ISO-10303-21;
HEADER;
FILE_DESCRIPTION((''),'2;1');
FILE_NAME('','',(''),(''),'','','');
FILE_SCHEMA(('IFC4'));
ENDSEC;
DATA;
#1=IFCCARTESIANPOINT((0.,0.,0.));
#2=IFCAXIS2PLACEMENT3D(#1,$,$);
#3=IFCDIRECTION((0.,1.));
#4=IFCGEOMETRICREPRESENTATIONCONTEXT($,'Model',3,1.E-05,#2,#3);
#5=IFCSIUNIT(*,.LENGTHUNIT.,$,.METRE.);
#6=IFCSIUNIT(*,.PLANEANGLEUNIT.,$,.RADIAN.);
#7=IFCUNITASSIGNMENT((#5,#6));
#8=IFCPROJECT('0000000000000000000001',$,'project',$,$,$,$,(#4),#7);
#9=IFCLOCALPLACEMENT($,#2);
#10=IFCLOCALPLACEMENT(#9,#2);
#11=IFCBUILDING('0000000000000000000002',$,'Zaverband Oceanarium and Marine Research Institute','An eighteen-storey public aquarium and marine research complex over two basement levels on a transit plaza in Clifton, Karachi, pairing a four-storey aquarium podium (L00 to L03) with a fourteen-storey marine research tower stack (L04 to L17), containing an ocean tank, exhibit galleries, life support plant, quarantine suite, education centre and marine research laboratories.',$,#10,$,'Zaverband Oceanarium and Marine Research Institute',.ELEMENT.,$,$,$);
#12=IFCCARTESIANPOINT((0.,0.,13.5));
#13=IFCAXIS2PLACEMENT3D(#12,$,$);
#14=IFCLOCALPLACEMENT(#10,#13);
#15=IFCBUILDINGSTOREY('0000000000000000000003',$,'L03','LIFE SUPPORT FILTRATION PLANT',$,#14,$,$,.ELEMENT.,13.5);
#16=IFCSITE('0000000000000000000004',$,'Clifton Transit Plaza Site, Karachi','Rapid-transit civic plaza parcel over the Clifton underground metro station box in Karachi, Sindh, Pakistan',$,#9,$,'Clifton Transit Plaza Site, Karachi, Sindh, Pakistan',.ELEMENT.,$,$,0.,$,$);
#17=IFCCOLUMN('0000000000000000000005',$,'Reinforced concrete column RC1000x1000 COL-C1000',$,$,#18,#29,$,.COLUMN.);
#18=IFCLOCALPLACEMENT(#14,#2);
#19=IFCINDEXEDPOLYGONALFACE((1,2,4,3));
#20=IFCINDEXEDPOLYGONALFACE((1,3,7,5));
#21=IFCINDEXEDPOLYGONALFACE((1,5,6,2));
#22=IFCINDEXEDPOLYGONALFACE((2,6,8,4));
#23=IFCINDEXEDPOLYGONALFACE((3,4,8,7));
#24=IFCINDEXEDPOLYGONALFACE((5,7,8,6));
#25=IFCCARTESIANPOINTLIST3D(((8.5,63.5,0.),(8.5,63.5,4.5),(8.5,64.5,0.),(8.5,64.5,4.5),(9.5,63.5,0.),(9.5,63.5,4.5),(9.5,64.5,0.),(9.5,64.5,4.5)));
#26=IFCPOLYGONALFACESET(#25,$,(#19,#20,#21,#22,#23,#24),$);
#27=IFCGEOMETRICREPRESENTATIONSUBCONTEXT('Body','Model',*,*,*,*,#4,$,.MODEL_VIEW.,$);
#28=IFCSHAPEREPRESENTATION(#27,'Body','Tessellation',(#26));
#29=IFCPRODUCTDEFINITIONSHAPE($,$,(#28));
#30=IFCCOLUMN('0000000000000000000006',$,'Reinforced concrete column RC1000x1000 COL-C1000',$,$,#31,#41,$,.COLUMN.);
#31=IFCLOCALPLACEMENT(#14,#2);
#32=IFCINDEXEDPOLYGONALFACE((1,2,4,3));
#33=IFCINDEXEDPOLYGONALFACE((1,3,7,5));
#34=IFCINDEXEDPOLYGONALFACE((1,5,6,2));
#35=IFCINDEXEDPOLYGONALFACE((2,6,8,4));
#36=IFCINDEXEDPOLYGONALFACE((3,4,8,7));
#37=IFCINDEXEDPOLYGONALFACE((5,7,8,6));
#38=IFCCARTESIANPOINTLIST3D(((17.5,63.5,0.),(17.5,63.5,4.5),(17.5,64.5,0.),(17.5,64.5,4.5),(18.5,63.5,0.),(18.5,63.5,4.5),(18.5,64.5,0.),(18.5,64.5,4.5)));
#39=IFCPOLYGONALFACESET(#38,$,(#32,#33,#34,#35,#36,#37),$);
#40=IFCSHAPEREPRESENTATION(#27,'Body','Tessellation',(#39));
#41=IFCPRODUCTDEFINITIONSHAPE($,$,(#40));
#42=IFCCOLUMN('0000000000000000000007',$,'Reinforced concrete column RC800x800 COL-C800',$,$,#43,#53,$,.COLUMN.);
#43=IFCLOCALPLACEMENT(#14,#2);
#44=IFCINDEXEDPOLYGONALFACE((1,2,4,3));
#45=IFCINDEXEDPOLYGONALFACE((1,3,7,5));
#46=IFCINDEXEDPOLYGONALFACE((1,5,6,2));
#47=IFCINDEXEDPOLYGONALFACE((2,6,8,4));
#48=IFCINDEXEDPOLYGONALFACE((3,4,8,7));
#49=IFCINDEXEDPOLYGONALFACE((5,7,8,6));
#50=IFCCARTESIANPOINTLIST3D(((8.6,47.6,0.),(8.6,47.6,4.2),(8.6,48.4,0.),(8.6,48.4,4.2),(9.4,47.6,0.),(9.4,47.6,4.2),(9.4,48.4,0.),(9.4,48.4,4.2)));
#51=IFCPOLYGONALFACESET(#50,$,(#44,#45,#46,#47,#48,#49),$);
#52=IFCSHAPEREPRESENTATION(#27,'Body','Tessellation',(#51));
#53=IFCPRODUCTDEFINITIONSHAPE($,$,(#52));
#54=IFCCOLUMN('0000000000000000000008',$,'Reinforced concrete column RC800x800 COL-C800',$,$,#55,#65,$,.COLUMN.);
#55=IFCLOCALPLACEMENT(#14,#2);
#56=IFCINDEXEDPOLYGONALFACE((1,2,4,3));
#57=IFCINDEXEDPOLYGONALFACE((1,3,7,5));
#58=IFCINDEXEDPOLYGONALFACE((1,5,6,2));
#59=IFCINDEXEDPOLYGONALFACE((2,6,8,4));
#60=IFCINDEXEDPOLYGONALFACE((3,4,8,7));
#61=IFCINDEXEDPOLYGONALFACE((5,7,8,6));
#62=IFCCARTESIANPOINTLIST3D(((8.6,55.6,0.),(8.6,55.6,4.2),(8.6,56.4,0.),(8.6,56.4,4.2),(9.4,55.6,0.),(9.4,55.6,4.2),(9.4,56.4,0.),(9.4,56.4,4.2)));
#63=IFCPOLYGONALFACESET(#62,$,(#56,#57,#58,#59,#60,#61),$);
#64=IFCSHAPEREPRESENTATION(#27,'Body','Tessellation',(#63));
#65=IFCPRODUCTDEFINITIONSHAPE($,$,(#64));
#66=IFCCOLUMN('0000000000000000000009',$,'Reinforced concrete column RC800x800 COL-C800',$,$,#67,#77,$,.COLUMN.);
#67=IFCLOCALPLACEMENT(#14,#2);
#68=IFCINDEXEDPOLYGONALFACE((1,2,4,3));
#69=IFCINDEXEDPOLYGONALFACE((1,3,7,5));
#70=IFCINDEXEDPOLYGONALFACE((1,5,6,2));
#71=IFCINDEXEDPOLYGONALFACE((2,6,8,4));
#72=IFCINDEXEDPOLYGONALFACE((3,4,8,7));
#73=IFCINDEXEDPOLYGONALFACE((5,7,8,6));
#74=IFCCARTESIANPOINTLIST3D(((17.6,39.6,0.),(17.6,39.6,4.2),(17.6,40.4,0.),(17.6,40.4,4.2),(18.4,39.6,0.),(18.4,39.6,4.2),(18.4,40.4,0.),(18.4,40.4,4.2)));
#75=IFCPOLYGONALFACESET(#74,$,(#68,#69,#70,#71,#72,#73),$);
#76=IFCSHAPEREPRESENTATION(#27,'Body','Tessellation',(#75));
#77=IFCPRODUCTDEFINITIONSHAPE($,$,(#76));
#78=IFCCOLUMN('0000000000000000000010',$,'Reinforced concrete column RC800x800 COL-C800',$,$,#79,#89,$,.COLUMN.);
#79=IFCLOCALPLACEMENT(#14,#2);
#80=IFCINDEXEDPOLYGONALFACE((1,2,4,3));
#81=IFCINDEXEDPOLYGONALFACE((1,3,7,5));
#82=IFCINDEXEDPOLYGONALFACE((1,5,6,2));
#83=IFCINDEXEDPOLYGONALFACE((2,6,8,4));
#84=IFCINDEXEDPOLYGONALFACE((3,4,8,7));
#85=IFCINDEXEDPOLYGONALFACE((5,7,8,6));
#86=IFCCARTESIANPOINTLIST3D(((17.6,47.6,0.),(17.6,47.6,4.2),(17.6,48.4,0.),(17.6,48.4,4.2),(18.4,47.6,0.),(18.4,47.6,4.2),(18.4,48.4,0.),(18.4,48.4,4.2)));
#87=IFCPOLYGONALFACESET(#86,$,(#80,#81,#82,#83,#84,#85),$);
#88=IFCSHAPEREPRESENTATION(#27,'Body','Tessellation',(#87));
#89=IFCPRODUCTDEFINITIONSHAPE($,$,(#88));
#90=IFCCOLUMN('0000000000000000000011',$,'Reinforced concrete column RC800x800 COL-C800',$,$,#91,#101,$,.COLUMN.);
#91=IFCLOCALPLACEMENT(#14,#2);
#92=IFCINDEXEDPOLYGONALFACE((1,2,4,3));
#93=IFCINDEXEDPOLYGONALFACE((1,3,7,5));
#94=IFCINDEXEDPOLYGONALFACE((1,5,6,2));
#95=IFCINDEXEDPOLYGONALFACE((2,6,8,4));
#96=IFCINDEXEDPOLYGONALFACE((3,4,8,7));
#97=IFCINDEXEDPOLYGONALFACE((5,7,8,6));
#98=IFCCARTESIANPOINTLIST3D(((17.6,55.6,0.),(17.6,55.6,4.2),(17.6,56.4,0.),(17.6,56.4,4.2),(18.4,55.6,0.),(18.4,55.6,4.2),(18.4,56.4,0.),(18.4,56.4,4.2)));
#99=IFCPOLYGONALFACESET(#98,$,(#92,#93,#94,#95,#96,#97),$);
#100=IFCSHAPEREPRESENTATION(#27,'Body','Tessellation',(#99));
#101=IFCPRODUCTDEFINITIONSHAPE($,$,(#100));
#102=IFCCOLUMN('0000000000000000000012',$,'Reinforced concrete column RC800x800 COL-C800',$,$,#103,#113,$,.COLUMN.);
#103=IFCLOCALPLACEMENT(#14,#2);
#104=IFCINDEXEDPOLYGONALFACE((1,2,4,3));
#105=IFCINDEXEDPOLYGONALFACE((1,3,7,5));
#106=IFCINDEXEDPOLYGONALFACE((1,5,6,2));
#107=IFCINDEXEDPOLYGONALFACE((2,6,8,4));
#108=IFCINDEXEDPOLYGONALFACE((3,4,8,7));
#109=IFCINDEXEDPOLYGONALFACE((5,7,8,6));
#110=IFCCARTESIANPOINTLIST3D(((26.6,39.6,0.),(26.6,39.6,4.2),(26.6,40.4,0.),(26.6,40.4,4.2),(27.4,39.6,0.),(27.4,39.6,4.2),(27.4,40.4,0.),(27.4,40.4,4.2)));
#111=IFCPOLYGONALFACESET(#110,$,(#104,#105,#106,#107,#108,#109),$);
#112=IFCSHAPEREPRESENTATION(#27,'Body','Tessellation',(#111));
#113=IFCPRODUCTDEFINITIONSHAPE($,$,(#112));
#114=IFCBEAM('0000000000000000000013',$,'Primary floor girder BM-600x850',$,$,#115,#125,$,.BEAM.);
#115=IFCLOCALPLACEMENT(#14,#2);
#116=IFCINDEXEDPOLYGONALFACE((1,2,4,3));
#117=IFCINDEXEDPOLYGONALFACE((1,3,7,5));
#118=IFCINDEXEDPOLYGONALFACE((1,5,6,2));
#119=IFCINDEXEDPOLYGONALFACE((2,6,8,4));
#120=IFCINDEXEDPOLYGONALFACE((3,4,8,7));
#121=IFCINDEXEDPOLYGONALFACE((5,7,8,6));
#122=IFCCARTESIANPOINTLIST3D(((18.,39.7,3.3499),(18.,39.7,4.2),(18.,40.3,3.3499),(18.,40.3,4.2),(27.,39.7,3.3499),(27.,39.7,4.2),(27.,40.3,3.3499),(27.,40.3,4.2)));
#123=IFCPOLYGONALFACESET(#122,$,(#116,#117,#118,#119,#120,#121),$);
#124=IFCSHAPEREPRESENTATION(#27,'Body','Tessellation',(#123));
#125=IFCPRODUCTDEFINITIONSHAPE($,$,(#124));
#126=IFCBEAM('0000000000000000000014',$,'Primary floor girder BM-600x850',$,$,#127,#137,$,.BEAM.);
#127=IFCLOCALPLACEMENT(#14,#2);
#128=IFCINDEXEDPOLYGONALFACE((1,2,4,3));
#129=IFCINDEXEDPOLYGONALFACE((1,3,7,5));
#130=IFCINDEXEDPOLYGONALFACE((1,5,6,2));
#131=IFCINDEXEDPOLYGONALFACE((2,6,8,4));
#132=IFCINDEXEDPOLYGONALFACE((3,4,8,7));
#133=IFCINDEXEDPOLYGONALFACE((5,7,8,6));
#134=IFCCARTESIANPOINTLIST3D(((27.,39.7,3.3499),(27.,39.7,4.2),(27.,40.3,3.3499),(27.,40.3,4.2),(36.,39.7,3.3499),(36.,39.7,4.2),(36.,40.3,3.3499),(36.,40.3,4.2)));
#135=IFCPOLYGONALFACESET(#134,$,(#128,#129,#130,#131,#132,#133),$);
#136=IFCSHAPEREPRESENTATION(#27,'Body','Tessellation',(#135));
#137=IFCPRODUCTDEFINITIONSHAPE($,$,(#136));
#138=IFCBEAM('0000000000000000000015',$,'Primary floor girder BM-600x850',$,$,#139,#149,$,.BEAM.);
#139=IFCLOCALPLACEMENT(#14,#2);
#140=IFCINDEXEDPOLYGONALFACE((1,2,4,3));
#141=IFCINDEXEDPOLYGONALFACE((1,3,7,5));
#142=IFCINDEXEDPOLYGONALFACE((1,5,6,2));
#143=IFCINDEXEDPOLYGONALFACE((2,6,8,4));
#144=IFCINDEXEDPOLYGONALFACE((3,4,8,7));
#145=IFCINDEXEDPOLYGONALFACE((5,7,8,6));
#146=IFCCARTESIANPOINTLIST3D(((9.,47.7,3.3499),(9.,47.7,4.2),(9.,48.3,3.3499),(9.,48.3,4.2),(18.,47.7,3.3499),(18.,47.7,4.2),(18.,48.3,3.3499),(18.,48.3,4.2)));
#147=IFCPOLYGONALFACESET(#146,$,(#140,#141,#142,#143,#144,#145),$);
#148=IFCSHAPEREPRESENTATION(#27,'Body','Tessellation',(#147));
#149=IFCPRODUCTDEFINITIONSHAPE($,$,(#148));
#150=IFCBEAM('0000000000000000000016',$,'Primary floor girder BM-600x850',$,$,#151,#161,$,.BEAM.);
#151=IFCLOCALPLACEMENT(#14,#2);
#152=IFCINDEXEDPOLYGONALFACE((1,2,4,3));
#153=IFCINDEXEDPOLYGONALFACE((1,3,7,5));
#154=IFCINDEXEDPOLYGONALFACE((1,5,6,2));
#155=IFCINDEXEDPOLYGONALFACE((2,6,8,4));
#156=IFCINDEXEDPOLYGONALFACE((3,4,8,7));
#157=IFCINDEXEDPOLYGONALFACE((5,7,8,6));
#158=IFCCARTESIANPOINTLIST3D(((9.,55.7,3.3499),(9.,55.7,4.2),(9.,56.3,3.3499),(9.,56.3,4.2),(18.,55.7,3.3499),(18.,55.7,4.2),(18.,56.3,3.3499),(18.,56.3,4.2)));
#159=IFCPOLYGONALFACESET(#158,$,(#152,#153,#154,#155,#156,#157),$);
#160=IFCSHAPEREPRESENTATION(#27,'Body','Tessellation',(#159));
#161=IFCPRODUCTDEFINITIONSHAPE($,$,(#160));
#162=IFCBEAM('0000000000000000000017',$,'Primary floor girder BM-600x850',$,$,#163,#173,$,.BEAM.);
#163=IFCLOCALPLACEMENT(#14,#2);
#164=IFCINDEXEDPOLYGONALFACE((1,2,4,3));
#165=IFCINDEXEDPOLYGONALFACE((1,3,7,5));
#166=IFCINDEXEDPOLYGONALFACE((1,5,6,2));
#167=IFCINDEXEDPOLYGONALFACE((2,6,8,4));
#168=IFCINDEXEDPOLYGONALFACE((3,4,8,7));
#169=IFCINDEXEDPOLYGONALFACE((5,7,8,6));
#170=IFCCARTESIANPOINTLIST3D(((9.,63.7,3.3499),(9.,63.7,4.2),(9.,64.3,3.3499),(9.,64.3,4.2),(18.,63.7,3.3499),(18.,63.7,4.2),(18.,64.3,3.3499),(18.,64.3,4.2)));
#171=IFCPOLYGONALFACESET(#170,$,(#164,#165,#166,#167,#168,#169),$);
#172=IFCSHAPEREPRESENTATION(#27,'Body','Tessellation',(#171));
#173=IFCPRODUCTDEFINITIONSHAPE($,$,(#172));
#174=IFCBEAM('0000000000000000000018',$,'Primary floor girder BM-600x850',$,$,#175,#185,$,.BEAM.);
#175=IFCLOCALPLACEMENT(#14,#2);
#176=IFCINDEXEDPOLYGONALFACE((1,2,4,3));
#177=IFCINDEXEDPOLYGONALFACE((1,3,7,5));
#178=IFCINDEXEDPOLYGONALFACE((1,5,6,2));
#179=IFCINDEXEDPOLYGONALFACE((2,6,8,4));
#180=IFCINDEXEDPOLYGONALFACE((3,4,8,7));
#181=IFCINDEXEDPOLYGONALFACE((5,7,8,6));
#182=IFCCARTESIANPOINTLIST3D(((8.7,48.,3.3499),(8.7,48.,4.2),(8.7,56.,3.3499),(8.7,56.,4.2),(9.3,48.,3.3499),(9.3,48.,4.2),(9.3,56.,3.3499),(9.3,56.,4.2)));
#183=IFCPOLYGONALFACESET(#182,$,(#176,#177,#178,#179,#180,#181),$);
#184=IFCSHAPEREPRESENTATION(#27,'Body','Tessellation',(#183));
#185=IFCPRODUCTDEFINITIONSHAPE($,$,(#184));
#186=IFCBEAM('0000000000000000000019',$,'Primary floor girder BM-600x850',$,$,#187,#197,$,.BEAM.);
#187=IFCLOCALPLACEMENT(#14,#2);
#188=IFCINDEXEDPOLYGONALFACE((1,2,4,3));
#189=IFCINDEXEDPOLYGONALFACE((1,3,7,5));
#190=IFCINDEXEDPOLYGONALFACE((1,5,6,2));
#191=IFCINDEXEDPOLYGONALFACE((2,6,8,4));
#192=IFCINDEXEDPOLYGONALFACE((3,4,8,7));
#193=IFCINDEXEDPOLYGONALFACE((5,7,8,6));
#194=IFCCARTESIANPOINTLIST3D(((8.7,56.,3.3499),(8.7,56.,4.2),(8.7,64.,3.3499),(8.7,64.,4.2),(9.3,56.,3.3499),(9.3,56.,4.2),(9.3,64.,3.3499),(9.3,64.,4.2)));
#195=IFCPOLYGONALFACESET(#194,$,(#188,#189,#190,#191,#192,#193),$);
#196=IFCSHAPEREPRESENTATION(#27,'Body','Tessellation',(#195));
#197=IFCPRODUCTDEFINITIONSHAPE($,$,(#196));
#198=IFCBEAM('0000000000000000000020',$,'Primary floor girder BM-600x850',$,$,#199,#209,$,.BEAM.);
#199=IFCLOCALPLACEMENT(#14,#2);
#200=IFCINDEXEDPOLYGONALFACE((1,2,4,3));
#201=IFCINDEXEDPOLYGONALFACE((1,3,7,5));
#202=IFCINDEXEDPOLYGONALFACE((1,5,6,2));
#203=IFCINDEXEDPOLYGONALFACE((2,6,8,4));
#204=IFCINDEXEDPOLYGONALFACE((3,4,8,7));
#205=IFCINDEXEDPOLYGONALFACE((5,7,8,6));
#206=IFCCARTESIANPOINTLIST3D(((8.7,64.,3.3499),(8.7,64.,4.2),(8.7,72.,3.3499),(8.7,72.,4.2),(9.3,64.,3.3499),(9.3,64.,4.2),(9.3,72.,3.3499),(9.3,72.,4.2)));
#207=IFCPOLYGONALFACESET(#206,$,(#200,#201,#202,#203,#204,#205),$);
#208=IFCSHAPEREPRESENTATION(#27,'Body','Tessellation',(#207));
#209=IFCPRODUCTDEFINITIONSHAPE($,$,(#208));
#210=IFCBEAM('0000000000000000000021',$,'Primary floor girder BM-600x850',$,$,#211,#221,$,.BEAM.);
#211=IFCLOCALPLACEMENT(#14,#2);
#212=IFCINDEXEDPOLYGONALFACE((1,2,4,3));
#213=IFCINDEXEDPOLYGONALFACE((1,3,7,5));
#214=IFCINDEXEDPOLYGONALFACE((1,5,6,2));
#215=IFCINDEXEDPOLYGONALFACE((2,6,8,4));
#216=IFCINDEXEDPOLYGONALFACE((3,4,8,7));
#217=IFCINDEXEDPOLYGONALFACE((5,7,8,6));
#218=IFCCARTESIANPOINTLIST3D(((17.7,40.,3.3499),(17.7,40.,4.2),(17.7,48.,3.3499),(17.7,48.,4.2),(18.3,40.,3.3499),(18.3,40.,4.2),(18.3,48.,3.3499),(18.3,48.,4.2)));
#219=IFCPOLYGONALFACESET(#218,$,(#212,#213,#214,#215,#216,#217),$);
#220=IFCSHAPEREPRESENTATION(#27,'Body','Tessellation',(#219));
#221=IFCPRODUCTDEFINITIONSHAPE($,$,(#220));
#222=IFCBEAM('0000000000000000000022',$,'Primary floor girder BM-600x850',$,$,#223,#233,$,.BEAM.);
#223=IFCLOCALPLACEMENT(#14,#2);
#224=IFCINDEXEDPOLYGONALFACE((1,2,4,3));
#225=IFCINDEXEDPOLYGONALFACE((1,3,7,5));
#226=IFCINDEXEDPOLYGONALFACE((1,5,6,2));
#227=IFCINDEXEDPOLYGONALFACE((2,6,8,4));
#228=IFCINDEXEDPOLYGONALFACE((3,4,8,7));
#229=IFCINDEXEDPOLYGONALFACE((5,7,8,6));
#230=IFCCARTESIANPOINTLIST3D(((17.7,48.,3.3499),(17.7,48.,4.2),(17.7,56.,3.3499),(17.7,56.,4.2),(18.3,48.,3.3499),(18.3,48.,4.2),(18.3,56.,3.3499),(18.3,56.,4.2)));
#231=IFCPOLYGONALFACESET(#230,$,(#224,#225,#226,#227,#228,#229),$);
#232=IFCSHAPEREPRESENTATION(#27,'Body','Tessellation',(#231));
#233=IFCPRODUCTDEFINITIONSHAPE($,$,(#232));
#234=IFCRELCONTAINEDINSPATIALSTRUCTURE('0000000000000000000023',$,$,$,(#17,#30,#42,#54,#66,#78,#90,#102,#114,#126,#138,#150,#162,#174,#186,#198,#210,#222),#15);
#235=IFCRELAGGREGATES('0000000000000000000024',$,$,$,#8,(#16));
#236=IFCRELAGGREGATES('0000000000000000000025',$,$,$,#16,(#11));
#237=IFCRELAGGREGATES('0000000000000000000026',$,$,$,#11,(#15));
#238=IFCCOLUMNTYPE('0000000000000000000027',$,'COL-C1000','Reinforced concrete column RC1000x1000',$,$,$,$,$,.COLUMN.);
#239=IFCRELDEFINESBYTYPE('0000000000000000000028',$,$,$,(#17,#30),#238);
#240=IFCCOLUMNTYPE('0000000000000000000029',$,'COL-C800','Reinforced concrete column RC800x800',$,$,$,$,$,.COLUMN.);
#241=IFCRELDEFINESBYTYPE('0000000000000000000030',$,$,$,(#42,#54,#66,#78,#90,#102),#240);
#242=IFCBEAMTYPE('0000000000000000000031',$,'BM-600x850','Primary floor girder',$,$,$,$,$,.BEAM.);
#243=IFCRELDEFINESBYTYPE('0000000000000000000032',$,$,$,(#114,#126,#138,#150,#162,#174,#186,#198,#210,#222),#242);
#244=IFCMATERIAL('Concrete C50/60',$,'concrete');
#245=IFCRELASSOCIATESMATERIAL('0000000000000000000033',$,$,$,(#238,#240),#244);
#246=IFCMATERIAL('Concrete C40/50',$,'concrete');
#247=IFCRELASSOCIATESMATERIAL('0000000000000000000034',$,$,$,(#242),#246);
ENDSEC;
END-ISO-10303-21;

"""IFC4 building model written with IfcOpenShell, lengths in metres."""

from ifc_helpers import new_model, si_unit, direction, frame, origin, origin_2d, place, context, subcontext, project, spatial, rectangle, extrude, material, material_profile, profile_set, type_object, element, save


model = new_model("IFC4")

# Units and contexts
model_context = context("Model", 3, precision=1e-05, world=origin(), true_north=direction((0.0, 1.0)))
body_context = subcontext(model_context, "Body", "Model", "MODEL_VIEW")
ifc_project = project(units=[si_unit("LENGTHUNIT", "METRE"), si_unit("PLANEANGLEUNIT", "RADIAN")], contexts=[model_context])

# Site, building, storey
site_placement = place(None, origin())
site = spatial("IfcSite", under=ifc_project, at=site_placement, Name="Clifton Transit Plaza Site, Karachi", Description="Rapid-transit civic plaza parcel over the Clifton underground metro station box in Karachi, Sindh, Pakistan", LongName="Clifton Transit Plaza Site, Karachi, Sindh, Pakistan", CompositionType="ELEMENT", RefElevation=0.0)
building_placement = place(site_placement, origin())
building = spatial("IfcBuilding", under=site, at=building_placement, Name="Zaverband Oceanarium and Marine Research Institute", Description="An eighteen-storey public aquarium and marine research complex over two basement levels on a transit plaza in Clifton, Karachi, pairing a four-storey aquarium podium (L00 to L03) with a fourteen-storey marine research tower stack (L04 to L17), containing an ocean tank, exhibit galleries, life support plant, quarantine suite, education centre and marine research laboratories.", LongName="Zaverband Oceanarium and Marine Research Institute", CompositionType="ELEMENT")
storey_placement = place(building_placement, frame((0.0, 0.0, 13.5)))
storey = spatial("IfcBuildingStorey", under=building, at=storey_placement, Name="L03", Description="LIFE SUPPORT FILTRATION PLANT", CompositionType="ELEMENT", Elevation=13.5)

# Columns
ifc_material_1 = material(Name="Concrete C50/60", Category="concrete")
ifc_material_profile_1 = material_profile(ifc_material_1, rectangle(XDim=1.0, YDim=1.0, at=origin_2d()), Name="RC1000x1000")
ifc_profile_set_1 = profile_set([ifc_material_profile_1], Name="Concrete C50/60")
column_type_1 = type_object("IfcColumnType", Name="COL-C1000", Description="Reinforced concrete column RC1000x1000", PredefinedType="COLUMN", material=ifc_profile_set_1)
for number, where, z_axis, x_axis, name in (
    (1, (9.0, 64.0, 0.0), (0.0, 0.0, 1.0), (1.0, 0.0, 0.0), "Reinforced concrete column RC1000x1000 COL-C1000"),
    (2, (18.0, 64.0, 0.0), (0.0, 0.0, 1.0), (1.0, 0.0, 0.0), "Reinforced concrete column RC1000x1000 COL-C1000"),
):
    element("IfcColumn", number, at=place(storey_placement, frame(where, z_axis=z_axis, x_axis=x_axis)), inside=storey, type_object=column_type_1, Name=name, PredefinedType="COLUMN", context=body_context, shape_type="SweptSolid", body=[
        extrude(rectangle(XDim=1.0, YDim=1.0, at=origin_2d()), origin(), (0.0, 0.0, 1.0), 4.5),
    ])
ifc_material_profile_2 = material_profile(ifc_material_1, rectangle(XDim=0.8, YDim=0.8, at=origin_2d()), Name="RC800x800")
ifc_profile_set_2 = profile_set([ifc_material_profile_2], Name="Concrete C50/60")
column_type_2 = type_object("IfcColumnType", Name="COL-C800", Description="Reinforced concrete column RC800x800", PredefinedType="COLUMN", material=ifc_profile_set_2)
for number, where, z_axis, x_axis, name in (
    (3, (9.0, 48.0, 0.0), (0.0, 0.0, 1.0), (1.0, 0.0, 0.0), "Reinforced concrete column RC800x800 COL-C800"),
    (4, (9.0, 56.0, 0.0), (0.0, 0.0, 1.0), (1.0, 0.0, 0.0), "Reinforced concrete column RC800x800 COL-C800"),
    (5, (18.0, 40.0, 0.0), (0.0, 0.0, 1.0), (1.0, 0.0, 0.0), "Reinforced concrete column RC800x800 COL-C800"),
    (6, (18.0, 48.0, 0.0), (0.0, 0.0, 1.0), (1.0, 0.0, 0.0), "Reinforced concrete column RC800x800 COL-C800"),
    (7, (18.0, 56.0, 0.0), (0.0, 0.0, 1.0), (1.0, 0.0, 0.0), "Reinforced concrete column RC800x800 COL-C800"),
    (8, (27.0, 40.0, 0.0), (0.0, 0.0, 1.0), (1.0, 0.0, 0.0), "Reinforced concrete column RC800x800 COL-C800"),
):
    element("IfcColumn", number, at=place(storey_placement, frame(where, z_axis=z_axis, x_axis=x_axis)), inside=storey, type_object=column_type_2, Name=name, PredefinedType="COLUMN", context=body_context, shape_type="SweptSolid", body=[
        extrude(rectangle(XDim=0.8, YDim=0.8, at=origin_2d()), origin(), (0.0, 0.0, 1.0), 4.2),
    ])

# Beams
ifc_material_2 = material(Name="Concrete C40/50", Category="concrete")
ifc_material_profile_3 = material_profile(ifc_material_2, rectangle(XDim=0.6001, YDim=0.8501, at=origin_2d()), Name="RC600x850")
ifc_profile_set_3 = profile_set([ifc_material_profile_3], Name="Concrete C40/50")
beam_type_1 = type_object("IfcBeamType", Name="BM-600x850", Description="Primary floor girder", PredefinedType="BEAM", material=ifc_profile_set_3)
for number, where, z_axis, x_axis, name in (
    (9, (18.0, 40.0, 3.7749), (1.0, 0.0, 0.0), (0.0, 1.0, 0.0), "Primary floor girder BM-600x850"),
    (10, (27.0, 40.0, 3.7749), (1.0, 0.0, 0.0), (0.0, 1.0, 0.0), "Primary floor girder BM-600x850"),
    (11, (9.0, 48.0, 3.7749), (1.0, 0.0, 0.0), (0.0, 1.0, 0.0), "Primary floor girder BM-600x850"),
    (12, (9.0, 56.0, 3.7749), (1.0, 0.0, 0.0), (0.0, 1.0, 0.0), "Primary floor girder BM-600x850"),
    (13, (9.0, 64.0, 3.7749), (1.0, 0.0, 0.0), (0.0, 1.0, 0.0), "Primary floor girder BM-600x850"),
):
    element("IfcBeam", number, at=place(storey_placement, frame(where, z_axis=z_axis, x_axis=x_axis)), inside=storey, type_object=beam_type_1, Name=name, PredefinedType="BEAM", context=body_context, shape_type="SweptSolid", body=[
        extrude(rectangle(XDim=0.6001, YDim=0.8501, at=origin_2d()), origin(), (0.0, 0.0, 1.0), 9.0),
    ])
for number, where, z_axis, x_axis, name in (
    (14, (9.0, 48.0, 3.7749), (0.0, 1.0, 0.0), (-1.0, 0.0, 0.0), "Primary floor girder BM-600x850"),
    (15, (9.0, 56.0, 3.7749), (0.0, 1.0, 0.0), (-1.0, 0.0, 0.0), "Primary floor girder BM-600x850"),
    (16, (9.0, 64.0, 3.7749), (0.0, 1.0, 0.0), (-1.0, 0.0, 0.0), "Primary floor girder BM-600x850"),
    (17, (18.0, 40.0, 3.7749), (0.0, 1.0, 0.0), (-1.0, 0.0, 0.0), "Primary floor girder BM-600x850"),
    (18, (18.0, 48.0, 3.7749), (0.0, 1.0, 0.0), (-1.0, 0.0, 0.0), "Primary floor girder BM-600x850"),
):
    element("IfcBeam", number, at=place(storey_placement, frame(where, z_axis=z_axis, x_axis=x_axis)), inside=storey, type_object=beam_type_1, Name=name, PredefinedType="BEAM", context=body_context, shape_type="SweptSolid", body=[
        extrude(rectangle(XDim=0.6001, YDim=0.8501, at=origin_2d()), origin(), (0.0, 0.0, 1.0), 8.0),
    ])

save(model, "model.ifc")
